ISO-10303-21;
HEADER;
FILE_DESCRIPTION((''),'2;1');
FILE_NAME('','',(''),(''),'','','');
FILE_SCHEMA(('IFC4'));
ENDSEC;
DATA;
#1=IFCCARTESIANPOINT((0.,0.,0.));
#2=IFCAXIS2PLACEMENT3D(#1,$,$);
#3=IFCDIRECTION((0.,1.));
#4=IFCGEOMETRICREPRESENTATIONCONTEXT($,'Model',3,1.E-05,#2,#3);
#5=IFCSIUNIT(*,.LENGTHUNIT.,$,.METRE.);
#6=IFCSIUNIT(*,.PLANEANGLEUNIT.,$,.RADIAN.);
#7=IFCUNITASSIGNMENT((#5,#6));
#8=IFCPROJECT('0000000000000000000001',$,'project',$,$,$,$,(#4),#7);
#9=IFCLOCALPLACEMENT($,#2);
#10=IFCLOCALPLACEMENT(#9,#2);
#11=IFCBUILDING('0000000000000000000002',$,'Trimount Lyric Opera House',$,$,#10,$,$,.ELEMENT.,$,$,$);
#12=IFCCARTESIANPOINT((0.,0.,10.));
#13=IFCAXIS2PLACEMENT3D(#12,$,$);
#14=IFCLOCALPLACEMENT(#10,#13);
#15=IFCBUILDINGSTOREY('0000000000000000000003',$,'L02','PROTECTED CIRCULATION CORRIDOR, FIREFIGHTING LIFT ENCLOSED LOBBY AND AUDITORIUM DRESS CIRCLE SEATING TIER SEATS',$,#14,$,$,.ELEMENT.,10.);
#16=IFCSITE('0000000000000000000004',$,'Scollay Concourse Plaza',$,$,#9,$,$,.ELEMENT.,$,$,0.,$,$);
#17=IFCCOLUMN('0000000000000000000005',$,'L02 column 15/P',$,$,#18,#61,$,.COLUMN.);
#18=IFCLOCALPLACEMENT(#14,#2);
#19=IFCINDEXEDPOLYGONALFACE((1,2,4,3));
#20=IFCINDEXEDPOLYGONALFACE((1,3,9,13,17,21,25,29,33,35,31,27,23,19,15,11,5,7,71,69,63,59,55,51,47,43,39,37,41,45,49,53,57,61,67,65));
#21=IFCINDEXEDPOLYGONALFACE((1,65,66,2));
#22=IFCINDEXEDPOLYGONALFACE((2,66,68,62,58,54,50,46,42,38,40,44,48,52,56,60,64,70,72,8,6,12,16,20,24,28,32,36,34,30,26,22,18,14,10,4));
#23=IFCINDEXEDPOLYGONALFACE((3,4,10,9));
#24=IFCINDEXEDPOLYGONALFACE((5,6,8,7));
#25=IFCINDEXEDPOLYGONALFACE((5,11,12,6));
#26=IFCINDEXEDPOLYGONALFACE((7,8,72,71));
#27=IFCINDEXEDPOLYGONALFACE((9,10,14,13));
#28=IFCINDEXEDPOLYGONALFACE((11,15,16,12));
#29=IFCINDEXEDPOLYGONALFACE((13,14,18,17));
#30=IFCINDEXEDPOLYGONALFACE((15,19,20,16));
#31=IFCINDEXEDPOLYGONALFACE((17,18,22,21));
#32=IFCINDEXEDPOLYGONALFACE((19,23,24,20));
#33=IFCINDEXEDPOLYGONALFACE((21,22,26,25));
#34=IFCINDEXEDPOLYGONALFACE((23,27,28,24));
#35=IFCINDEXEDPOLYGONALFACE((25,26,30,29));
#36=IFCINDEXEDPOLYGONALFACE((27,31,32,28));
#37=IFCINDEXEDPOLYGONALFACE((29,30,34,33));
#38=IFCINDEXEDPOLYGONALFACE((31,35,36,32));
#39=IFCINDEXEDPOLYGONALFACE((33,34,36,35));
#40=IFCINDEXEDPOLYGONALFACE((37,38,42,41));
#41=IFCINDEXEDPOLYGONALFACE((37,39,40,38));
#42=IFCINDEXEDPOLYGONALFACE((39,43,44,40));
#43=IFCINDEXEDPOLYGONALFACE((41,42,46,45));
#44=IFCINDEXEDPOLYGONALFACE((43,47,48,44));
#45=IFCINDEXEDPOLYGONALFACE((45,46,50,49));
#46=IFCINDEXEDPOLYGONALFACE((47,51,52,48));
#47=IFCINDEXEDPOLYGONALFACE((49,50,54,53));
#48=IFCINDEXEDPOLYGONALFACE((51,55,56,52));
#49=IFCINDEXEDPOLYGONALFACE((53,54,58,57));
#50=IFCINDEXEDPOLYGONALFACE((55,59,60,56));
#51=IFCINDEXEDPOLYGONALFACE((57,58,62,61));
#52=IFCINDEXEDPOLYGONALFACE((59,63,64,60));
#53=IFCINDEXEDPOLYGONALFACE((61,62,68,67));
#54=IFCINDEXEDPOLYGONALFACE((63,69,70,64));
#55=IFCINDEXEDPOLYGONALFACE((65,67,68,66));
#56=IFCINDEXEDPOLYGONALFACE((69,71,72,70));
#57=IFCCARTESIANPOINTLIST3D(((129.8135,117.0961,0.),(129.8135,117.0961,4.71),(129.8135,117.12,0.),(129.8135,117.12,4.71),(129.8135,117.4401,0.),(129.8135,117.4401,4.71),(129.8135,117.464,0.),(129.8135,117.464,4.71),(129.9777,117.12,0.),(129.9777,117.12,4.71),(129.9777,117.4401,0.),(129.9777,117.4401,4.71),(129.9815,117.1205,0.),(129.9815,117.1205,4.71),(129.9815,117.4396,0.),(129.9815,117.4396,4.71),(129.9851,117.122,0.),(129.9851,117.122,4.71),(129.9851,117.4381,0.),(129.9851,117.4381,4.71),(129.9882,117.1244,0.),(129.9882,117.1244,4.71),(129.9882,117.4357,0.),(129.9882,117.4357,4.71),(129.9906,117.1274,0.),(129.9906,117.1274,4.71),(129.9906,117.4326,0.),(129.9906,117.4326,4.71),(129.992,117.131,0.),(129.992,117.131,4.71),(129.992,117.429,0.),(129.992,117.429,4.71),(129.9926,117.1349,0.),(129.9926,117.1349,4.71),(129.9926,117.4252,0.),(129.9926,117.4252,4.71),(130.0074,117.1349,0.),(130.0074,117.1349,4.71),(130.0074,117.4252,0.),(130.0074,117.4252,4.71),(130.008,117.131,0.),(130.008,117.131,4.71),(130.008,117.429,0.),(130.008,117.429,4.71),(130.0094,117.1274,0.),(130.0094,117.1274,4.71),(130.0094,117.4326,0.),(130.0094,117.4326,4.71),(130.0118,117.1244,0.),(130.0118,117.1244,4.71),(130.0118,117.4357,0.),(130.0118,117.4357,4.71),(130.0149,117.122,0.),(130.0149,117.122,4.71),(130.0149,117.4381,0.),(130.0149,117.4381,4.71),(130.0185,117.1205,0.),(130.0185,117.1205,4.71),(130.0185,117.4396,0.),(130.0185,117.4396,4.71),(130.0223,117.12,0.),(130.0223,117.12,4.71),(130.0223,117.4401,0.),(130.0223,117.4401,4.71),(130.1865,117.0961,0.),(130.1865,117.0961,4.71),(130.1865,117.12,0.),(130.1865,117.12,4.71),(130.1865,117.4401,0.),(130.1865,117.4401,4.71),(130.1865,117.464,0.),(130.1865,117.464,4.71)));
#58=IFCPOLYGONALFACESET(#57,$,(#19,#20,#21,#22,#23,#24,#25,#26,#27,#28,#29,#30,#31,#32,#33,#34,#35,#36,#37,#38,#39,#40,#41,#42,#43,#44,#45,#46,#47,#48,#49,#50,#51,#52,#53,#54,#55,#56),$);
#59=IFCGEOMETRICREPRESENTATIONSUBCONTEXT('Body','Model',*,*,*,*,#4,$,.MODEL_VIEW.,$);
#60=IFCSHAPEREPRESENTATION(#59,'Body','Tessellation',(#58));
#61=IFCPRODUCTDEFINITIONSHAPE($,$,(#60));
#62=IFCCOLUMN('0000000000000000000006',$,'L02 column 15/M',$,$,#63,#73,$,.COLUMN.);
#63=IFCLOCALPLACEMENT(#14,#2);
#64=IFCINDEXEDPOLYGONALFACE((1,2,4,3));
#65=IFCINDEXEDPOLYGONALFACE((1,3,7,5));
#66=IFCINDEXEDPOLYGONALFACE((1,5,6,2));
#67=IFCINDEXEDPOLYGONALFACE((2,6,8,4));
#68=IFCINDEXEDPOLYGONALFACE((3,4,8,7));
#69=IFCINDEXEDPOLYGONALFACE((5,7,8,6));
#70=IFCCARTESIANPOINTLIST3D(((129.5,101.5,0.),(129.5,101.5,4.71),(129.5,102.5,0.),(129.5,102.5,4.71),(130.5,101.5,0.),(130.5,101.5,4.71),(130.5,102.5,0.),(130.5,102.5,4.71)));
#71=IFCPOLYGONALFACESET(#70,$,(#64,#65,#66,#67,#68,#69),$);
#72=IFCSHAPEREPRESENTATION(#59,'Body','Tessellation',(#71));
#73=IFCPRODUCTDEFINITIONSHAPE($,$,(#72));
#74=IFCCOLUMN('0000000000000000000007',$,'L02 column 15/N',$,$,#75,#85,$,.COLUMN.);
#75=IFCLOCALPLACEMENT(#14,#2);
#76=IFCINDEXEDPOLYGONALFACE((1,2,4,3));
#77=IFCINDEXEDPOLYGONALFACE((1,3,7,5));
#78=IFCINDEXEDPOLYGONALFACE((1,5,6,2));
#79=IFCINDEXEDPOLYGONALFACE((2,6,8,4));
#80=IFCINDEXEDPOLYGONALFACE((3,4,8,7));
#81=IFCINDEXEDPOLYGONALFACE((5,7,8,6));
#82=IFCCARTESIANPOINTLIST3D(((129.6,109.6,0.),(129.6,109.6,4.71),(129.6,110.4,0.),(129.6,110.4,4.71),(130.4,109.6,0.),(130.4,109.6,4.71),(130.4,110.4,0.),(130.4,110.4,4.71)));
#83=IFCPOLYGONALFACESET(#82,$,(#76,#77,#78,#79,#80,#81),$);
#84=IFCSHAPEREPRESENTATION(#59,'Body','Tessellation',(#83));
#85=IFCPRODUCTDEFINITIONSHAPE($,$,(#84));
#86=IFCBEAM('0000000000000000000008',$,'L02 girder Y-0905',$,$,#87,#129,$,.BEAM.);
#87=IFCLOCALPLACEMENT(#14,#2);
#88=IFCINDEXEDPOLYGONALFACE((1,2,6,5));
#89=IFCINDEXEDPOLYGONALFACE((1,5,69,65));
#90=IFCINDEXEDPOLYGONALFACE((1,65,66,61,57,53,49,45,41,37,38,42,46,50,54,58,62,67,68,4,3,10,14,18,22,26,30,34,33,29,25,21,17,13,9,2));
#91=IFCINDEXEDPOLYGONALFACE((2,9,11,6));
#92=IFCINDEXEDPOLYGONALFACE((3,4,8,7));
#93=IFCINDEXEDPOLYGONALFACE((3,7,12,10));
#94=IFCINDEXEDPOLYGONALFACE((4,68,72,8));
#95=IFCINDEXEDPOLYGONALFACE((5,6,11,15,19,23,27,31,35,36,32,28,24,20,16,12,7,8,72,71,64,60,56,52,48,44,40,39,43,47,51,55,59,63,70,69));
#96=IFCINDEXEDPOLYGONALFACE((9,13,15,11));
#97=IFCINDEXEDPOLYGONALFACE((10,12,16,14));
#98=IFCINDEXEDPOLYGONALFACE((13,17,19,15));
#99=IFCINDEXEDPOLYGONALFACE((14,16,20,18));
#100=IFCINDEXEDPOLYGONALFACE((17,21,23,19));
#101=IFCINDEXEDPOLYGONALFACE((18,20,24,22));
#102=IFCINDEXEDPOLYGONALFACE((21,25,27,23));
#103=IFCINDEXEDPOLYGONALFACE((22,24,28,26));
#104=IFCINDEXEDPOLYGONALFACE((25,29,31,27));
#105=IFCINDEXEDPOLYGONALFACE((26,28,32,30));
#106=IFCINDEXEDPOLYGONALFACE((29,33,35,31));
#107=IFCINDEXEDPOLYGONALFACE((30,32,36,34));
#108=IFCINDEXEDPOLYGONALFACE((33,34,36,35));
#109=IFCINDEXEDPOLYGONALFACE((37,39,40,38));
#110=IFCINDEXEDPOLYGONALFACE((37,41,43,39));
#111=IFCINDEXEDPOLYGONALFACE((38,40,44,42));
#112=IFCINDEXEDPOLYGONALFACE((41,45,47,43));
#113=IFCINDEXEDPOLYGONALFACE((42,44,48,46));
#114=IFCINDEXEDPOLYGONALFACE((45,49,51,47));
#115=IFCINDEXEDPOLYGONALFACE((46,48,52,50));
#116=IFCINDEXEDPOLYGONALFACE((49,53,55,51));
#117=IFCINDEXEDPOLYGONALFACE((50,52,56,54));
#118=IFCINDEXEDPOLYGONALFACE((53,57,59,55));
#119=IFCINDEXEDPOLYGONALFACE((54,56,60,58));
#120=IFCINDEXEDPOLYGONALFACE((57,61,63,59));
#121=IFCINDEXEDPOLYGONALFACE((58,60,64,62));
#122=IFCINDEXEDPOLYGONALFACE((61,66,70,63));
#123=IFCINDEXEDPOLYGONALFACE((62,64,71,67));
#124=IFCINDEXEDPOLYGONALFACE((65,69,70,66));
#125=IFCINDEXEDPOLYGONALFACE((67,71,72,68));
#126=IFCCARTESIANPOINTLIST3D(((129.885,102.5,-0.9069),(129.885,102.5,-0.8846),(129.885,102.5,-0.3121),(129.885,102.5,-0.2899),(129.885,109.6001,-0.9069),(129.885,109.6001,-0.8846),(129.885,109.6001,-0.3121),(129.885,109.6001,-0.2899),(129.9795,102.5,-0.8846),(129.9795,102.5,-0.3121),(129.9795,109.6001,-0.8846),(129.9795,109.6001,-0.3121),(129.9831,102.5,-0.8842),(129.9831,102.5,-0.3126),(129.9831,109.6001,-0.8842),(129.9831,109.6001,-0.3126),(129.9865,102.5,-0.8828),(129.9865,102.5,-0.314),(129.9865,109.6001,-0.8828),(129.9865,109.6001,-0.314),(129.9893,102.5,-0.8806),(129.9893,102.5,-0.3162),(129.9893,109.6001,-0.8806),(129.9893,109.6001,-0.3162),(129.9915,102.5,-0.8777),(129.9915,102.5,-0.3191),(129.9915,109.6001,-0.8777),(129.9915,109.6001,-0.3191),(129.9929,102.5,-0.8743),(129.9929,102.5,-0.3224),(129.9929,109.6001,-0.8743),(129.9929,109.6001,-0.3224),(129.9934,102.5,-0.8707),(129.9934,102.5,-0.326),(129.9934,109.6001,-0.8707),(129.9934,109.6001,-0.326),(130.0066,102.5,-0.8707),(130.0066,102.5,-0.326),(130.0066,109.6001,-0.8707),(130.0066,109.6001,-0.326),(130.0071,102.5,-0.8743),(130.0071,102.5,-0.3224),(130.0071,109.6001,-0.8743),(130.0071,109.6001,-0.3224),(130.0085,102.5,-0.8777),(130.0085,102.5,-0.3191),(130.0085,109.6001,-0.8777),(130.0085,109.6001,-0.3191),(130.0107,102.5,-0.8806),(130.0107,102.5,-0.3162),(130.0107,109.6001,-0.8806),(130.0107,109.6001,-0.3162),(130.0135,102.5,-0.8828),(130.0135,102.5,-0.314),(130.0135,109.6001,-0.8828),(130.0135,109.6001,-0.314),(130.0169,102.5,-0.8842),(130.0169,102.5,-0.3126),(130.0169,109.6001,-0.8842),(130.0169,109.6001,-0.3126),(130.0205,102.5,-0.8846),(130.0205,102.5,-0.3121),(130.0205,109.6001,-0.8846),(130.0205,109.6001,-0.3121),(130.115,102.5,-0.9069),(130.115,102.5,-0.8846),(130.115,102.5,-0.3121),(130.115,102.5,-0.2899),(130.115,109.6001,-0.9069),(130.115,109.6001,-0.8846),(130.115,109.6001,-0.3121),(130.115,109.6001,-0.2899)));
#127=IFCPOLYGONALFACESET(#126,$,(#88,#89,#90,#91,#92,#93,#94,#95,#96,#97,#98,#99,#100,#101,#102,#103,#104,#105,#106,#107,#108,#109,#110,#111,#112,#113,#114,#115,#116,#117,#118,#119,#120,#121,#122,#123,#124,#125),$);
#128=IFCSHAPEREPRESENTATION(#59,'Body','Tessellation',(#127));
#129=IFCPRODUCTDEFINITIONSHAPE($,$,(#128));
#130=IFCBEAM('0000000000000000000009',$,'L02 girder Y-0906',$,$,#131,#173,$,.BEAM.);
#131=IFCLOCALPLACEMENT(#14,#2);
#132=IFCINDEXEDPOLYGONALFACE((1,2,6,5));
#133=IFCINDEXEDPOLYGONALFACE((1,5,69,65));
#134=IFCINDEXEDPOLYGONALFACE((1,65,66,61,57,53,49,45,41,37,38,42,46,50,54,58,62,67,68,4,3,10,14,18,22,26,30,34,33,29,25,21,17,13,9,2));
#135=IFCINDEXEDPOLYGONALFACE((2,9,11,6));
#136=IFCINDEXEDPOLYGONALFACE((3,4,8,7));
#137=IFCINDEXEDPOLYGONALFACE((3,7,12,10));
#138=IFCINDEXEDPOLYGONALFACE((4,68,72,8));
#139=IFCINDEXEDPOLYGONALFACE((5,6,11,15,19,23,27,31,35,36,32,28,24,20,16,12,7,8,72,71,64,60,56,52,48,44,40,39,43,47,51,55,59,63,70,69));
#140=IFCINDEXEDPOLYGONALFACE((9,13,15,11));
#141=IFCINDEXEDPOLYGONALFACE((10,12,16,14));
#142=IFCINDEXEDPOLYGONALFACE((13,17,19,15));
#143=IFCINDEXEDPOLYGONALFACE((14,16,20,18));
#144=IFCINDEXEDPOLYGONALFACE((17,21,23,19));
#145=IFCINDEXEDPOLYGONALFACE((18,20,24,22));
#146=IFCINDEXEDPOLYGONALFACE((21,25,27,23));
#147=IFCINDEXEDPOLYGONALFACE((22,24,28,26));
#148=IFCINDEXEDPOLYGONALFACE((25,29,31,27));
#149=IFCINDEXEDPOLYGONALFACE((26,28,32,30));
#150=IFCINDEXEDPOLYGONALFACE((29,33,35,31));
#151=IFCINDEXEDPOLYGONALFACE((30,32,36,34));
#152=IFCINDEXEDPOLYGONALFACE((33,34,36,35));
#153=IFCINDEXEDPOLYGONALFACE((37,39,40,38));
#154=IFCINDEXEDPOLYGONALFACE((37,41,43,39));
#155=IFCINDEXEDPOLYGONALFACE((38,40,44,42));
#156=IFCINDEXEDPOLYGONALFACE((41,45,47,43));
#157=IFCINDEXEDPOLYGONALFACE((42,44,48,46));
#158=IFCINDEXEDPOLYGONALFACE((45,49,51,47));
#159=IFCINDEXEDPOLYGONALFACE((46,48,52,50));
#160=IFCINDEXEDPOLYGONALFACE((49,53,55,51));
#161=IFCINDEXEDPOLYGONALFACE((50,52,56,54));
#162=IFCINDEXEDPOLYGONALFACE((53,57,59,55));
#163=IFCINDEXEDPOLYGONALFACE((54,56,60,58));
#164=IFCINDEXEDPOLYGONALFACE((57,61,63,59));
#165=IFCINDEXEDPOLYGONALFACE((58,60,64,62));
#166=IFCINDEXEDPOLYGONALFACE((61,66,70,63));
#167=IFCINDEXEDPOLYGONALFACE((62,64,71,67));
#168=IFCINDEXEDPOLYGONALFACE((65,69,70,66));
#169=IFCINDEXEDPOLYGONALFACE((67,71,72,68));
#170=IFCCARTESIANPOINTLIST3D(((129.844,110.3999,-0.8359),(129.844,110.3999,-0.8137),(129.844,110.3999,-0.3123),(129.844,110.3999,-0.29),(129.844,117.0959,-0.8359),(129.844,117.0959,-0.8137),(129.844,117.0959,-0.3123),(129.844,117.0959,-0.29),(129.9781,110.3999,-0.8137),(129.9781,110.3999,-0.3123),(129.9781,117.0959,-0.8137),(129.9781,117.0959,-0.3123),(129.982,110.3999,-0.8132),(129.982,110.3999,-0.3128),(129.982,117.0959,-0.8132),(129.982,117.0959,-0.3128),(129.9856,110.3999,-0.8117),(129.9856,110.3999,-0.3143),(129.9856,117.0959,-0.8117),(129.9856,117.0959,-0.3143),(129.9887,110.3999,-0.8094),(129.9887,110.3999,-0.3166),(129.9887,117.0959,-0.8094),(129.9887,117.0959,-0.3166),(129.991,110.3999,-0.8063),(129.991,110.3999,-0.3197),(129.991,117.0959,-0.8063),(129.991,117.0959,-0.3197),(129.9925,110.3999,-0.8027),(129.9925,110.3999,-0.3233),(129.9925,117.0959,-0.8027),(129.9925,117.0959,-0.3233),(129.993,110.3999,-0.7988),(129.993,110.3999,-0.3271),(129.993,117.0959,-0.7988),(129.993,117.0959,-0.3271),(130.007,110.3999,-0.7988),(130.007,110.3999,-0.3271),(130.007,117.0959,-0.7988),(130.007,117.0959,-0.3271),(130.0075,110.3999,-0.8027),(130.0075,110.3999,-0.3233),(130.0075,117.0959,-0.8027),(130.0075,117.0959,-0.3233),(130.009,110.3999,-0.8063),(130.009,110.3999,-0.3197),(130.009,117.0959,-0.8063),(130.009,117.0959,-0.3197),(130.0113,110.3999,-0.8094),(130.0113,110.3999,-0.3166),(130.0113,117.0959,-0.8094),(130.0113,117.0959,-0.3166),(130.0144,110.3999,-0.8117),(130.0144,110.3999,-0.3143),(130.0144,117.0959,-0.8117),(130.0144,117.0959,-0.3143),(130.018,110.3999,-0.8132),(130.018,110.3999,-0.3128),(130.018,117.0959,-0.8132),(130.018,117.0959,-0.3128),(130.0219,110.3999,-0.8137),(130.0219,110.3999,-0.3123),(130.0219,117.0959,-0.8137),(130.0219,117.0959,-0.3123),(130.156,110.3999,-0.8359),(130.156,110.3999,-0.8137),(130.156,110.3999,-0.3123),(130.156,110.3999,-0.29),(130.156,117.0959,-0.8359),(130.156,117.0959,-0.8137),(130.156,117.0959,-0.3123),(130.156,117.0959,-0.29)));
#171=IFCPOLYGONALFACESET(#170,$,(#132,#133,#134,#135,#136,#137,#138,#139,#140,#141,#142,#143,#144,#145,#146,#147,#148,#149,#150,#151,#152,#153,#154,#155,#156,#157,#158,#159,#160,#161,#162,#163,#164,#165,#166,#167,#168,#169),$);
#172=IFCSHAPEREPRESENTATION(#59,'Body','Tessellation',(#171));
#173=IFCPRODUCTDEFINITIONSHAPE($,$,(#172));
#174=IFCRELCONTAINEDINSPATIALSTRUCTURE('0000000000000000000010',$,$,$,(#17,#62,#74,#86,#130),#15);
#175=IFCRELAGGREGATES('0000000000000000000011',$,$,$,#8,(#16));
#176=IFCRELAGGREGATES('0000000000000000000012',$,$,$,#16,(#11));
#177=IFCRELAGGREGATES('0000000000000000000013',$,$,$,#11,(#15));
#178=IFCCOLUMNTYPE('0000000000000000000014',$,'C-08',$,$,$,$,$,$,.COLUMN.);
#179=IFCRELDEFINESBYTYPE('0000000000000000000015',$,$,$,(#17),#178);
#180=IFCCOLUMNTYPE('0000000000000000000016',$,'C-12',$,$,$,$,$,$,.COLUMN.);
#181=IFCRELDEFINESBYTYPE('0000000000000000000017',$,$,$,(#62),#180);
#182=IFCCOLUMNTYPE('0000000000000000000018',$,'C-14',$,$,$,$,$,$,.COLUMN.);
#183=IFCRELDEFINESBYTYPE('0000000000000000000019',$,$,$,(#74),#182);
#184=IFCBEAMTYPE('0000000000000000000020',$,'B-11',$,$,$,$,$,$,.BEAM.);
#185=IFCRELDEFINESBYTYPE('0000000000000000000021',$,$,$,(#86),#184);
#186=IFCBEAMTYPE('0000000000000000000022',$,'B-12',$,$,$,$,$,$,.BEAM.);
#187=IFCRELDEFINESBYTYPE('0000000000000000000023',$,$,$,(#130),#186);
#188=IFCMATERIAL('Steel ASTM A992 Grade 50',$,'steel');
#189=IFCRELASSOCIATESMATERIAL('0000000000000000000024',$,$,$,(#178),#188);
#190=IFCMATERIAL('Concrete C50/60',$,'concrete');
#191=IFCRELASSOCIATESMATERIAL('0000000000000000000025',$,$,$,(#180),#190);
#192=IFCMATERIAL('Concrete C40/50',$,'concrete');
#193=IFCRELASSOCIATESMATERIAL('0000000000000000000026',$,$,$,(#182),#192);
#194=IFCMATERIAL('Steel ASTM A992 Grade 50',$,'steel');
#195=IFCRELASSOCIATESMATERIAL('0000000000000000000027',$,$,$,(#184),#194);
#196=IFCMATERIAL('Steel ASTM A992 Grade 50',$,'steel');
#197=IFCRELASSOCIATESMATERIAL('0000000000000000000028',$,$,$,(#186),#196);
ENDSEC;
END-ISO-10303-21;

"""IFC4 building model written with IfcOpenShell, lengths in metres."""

from ifc_helpers import new_model, si_unit, direction, frame, origin, origin_2d, place, context, subcontext, project, spatial, rectangle, i_section, extrude, material, material_profile, profile_set, type_object, element, save


model = new_model("IFC4")

# Units and contexts
model_context = context("Model", 3, precision=1e-05, world=origin(), true_north=direction((0.0, 1.0)))
body_context = subcontext(model_context, "Body", "Model", "MODEL_VIEW")
ifc_project = project(units=[si_unit("LENGTHUNIT", "METRE"), si_unit("PLANEANGLEUNIT", "RADIAN")], contexts=[model_context])

# Site, building, storey
site_placement = place(None, origin())
site = spatial("IfcSite", under=ifc_project, at=site_placement, Name="Scollay Concourse Plaza", CompositionType="ELEMENT", RefElevation=0.0)
building_placement = place(site_placement, origin())
building = spatial("IfcBuilding", under=site, at=building_placement, Name="Trimount Lyric Opera House", CompositionType="ELEMENT")
storey_placement = place(building_placement, frame((0.0, 0.0, 10.0)))
storey = spatial("IfcBuildingStorey", under=building, at=storey_placement, Name="L02", Description="PROTECTED CIRCULATION CORRIDOR, FIREFIGHTING LIFT ENCLOSED LOBBY AND AUDITORIUM DRESS CIRCLE SEATING TIER SEATS", CompositionType="ELEMENT", Elevation=10.0)

# Columns
ifc_material_1 = material(Name="Steel ASTM A992 Grade 50", Category="steel")
ifc_material_profile_1 = material_profile(ifc_material_1, i_section(OverallWidth=0.373, OverallDepth=0.3679, WebThickness=0.0149, FlangeThickness=0.0239, FilletRadius=0.0149, at=origin_2d()), Name="W14X120")
ifc_profile_set_1 = profile_set([ifc_material_profile_1], Name="Steel ASTM A992 Grade 50")
column_type_1 = type_object("IfcColumnType", Name="C-08", PredefinedType="COLUMN", material=ifc_profile_set_1)
column_1_placement = place(storey_placement, frame((130.0, 117.28, 0.0), z_axis=(0.0, 0.0, 1.0), x_axis=(1.0, 0.0, 0.0)))
element("IfcColumn", 1, at=column_1_placement, inside=storey, type_object=column_type_1, Name="L02 column 15/P", PredefinedType="COLUMN", context=body_context, shape_type="SweptSolid", body=[
    extrude(i_section(OverallWidth=0.373, OverallDepth=0.3679, WebThickness=0.0149, FlangeThickness=0.0239, FilletRadius=0.0149, at=origin_2d()), origin(), (0.0, 0.0, 1.0), 4.71),
])
ifc_material_2 = material(Name="Concrete C50/60", Category="concrete")
ifc_material_profile_2 = material_profile(ifc_material_2, rectangle(XDim=1.0, YDim=1.0, at=origin_2d()), Name="RC1000X1000")
ifc_profile_set_2 = profile_set([ifc_material_profile_2], Name="Concrete C50/60")
column_type_2 = type_object("IfcColumnType", Name="C-12", PredefinedType="COLUMN", material=ifc_profile_set_2)
column_2_placement = place(storey_placement, frame((130.0, 102.0, 0.0), z_axis=(0.0, 0.0, 1.0), x_axis=(1.0, 0.0, 0.0)))
element("IfcColumn", 2, at=column_2_placement, inside=storey, type_object=column_type_2, Name="L02 column 15/M", PredefinedType="COLUMN", context=body_context, shape_type="SweptSolid", body=[
    extrude(rectangle(XDim=1.0, YDim=1.0, at=origin_2d()), origin(), (0.0, 0.0, 1.0), 4.71),
])
ifc_material_3 = material(Name="Concrete C40/50", Category="concrete")
ifc_material_profile_3 = material_profile(ifc_material_3, rectangle(XDim=0.8, YDim=0.8, at=origin_2d()), Name="RC800X800")
ifc_profile_set_3 = profile_set([ifc_material_profile_3], Name="Concrete C40/50")
column_type_3 = type_object("IfcColumnType", Name="C-14", PredefinedType="COLUMN", material=ifc_profile_set_3)
column_3_placement = place(storey_placement, frame((130.0, 110.0, 0.0), z_axis=(0.0, 0.0, 1.0), x_axis=(1.0, 0.0, 0.0)))
element("IfcColumn", 3, at=column_3_placement, inside=storey, type_object=column_type_3, Name="L02 column 15/N", PredefinedType="COLUMN", context=body_context, shape_type="SweptSolid", body=[
    extrude(rectangle(XDim=0.8, YDim=0.8, at=origin_2d()), origin(), (0.0, 0.0, 1.0), 4.71),
])

# Beams
ifc_material_4 = material(Name="Steel ASTM A992 Grade 50", Category="steel")
ifc_material_profile_4 = material_profile(ifc_material_4, i_section(OverallWidth=0.23, OverallDepth=0.6169, WebThickness=0.0132, FlangeThickness=0.0222, FilletRadius=0.0139, at=origin_2d()), Name="W24X94")
ifc_profile_set_4 = profile_set([ifc_material_profile_4], Name="Steel ASTM A992 Grade 50")
beam_type_1 = type_object("IfcBeamType", Name="B-11", PredefinedType="BEAM", material=ifc_profile_set_4)
beam_1_placement = place(storey_placement, frame((130.0, 102.5, -0.5984), z_axis=(0.0, 1.0, 0.0), x_axis=(-1.0, 0.0, 0.0)))
element("IfcBeam", 4, at=beam_1_placement, inside=storey, type_object=beam_type_1, Name="L02 girder Y-0905", PredefinedType="BEAM", context=body_context, shape_type="SweptSolid", body=[
    extrude(i_section(OverallWidth=0.23, OverallDepth=0.6169, WebThickness=0.0132, FlangeThickness=0.0222, FilletRadius=0.0139, at=origin_2d()), origin(), (0.0, 0.0, 1.0), 7.1001),
])
ifc_material_5 = material(Name="Steel ASTM A992 Grade 50", Category="steel")
ifc_material_profile_5 = material_profile(ifc_material_5, i_section(OverallWidth=0.312, OverallDepth=0.5459, WebThickness=0.0139, FlangeThickness=0.0222, FilletRadius=0.0149, at=origin_2d()), Name="W21X111")
ifc_profile_set_5 = profile_set([ifc_material_profile_5], Name="Steel ASTM A992 Grade 50")
beam_type_2 = type_object("IfcBeamType", Name="B-12", PredefinedType="BEAM", material=ifc_profile_set_5)
beam_2_placement = place(storey_placement, frame((130.0, 110.3999, -0.563), z_axis=(0.0, 1.0, 0.0), x_axis=(-1.0, 0.0, 0.0)))
element("IfcBeam", 5, at=beam_2_placement, inside=storey, type_object=beam_type_2, Name="L02 girder Y-0906", PredefinedType="BEAM", context=body_context, shape_type="SweptSolid", body=[
    extrude(i_section(OverallWidth=0.312, OverallDepth=0.5459, WebThickness=0.0139, FlangeThickness=0.0222, FilletRadius=0.0149, at=origin_2d()), origin(), (0.0, 0.0, 1.0), 6.696),
])

save(model, "model.ifc")
